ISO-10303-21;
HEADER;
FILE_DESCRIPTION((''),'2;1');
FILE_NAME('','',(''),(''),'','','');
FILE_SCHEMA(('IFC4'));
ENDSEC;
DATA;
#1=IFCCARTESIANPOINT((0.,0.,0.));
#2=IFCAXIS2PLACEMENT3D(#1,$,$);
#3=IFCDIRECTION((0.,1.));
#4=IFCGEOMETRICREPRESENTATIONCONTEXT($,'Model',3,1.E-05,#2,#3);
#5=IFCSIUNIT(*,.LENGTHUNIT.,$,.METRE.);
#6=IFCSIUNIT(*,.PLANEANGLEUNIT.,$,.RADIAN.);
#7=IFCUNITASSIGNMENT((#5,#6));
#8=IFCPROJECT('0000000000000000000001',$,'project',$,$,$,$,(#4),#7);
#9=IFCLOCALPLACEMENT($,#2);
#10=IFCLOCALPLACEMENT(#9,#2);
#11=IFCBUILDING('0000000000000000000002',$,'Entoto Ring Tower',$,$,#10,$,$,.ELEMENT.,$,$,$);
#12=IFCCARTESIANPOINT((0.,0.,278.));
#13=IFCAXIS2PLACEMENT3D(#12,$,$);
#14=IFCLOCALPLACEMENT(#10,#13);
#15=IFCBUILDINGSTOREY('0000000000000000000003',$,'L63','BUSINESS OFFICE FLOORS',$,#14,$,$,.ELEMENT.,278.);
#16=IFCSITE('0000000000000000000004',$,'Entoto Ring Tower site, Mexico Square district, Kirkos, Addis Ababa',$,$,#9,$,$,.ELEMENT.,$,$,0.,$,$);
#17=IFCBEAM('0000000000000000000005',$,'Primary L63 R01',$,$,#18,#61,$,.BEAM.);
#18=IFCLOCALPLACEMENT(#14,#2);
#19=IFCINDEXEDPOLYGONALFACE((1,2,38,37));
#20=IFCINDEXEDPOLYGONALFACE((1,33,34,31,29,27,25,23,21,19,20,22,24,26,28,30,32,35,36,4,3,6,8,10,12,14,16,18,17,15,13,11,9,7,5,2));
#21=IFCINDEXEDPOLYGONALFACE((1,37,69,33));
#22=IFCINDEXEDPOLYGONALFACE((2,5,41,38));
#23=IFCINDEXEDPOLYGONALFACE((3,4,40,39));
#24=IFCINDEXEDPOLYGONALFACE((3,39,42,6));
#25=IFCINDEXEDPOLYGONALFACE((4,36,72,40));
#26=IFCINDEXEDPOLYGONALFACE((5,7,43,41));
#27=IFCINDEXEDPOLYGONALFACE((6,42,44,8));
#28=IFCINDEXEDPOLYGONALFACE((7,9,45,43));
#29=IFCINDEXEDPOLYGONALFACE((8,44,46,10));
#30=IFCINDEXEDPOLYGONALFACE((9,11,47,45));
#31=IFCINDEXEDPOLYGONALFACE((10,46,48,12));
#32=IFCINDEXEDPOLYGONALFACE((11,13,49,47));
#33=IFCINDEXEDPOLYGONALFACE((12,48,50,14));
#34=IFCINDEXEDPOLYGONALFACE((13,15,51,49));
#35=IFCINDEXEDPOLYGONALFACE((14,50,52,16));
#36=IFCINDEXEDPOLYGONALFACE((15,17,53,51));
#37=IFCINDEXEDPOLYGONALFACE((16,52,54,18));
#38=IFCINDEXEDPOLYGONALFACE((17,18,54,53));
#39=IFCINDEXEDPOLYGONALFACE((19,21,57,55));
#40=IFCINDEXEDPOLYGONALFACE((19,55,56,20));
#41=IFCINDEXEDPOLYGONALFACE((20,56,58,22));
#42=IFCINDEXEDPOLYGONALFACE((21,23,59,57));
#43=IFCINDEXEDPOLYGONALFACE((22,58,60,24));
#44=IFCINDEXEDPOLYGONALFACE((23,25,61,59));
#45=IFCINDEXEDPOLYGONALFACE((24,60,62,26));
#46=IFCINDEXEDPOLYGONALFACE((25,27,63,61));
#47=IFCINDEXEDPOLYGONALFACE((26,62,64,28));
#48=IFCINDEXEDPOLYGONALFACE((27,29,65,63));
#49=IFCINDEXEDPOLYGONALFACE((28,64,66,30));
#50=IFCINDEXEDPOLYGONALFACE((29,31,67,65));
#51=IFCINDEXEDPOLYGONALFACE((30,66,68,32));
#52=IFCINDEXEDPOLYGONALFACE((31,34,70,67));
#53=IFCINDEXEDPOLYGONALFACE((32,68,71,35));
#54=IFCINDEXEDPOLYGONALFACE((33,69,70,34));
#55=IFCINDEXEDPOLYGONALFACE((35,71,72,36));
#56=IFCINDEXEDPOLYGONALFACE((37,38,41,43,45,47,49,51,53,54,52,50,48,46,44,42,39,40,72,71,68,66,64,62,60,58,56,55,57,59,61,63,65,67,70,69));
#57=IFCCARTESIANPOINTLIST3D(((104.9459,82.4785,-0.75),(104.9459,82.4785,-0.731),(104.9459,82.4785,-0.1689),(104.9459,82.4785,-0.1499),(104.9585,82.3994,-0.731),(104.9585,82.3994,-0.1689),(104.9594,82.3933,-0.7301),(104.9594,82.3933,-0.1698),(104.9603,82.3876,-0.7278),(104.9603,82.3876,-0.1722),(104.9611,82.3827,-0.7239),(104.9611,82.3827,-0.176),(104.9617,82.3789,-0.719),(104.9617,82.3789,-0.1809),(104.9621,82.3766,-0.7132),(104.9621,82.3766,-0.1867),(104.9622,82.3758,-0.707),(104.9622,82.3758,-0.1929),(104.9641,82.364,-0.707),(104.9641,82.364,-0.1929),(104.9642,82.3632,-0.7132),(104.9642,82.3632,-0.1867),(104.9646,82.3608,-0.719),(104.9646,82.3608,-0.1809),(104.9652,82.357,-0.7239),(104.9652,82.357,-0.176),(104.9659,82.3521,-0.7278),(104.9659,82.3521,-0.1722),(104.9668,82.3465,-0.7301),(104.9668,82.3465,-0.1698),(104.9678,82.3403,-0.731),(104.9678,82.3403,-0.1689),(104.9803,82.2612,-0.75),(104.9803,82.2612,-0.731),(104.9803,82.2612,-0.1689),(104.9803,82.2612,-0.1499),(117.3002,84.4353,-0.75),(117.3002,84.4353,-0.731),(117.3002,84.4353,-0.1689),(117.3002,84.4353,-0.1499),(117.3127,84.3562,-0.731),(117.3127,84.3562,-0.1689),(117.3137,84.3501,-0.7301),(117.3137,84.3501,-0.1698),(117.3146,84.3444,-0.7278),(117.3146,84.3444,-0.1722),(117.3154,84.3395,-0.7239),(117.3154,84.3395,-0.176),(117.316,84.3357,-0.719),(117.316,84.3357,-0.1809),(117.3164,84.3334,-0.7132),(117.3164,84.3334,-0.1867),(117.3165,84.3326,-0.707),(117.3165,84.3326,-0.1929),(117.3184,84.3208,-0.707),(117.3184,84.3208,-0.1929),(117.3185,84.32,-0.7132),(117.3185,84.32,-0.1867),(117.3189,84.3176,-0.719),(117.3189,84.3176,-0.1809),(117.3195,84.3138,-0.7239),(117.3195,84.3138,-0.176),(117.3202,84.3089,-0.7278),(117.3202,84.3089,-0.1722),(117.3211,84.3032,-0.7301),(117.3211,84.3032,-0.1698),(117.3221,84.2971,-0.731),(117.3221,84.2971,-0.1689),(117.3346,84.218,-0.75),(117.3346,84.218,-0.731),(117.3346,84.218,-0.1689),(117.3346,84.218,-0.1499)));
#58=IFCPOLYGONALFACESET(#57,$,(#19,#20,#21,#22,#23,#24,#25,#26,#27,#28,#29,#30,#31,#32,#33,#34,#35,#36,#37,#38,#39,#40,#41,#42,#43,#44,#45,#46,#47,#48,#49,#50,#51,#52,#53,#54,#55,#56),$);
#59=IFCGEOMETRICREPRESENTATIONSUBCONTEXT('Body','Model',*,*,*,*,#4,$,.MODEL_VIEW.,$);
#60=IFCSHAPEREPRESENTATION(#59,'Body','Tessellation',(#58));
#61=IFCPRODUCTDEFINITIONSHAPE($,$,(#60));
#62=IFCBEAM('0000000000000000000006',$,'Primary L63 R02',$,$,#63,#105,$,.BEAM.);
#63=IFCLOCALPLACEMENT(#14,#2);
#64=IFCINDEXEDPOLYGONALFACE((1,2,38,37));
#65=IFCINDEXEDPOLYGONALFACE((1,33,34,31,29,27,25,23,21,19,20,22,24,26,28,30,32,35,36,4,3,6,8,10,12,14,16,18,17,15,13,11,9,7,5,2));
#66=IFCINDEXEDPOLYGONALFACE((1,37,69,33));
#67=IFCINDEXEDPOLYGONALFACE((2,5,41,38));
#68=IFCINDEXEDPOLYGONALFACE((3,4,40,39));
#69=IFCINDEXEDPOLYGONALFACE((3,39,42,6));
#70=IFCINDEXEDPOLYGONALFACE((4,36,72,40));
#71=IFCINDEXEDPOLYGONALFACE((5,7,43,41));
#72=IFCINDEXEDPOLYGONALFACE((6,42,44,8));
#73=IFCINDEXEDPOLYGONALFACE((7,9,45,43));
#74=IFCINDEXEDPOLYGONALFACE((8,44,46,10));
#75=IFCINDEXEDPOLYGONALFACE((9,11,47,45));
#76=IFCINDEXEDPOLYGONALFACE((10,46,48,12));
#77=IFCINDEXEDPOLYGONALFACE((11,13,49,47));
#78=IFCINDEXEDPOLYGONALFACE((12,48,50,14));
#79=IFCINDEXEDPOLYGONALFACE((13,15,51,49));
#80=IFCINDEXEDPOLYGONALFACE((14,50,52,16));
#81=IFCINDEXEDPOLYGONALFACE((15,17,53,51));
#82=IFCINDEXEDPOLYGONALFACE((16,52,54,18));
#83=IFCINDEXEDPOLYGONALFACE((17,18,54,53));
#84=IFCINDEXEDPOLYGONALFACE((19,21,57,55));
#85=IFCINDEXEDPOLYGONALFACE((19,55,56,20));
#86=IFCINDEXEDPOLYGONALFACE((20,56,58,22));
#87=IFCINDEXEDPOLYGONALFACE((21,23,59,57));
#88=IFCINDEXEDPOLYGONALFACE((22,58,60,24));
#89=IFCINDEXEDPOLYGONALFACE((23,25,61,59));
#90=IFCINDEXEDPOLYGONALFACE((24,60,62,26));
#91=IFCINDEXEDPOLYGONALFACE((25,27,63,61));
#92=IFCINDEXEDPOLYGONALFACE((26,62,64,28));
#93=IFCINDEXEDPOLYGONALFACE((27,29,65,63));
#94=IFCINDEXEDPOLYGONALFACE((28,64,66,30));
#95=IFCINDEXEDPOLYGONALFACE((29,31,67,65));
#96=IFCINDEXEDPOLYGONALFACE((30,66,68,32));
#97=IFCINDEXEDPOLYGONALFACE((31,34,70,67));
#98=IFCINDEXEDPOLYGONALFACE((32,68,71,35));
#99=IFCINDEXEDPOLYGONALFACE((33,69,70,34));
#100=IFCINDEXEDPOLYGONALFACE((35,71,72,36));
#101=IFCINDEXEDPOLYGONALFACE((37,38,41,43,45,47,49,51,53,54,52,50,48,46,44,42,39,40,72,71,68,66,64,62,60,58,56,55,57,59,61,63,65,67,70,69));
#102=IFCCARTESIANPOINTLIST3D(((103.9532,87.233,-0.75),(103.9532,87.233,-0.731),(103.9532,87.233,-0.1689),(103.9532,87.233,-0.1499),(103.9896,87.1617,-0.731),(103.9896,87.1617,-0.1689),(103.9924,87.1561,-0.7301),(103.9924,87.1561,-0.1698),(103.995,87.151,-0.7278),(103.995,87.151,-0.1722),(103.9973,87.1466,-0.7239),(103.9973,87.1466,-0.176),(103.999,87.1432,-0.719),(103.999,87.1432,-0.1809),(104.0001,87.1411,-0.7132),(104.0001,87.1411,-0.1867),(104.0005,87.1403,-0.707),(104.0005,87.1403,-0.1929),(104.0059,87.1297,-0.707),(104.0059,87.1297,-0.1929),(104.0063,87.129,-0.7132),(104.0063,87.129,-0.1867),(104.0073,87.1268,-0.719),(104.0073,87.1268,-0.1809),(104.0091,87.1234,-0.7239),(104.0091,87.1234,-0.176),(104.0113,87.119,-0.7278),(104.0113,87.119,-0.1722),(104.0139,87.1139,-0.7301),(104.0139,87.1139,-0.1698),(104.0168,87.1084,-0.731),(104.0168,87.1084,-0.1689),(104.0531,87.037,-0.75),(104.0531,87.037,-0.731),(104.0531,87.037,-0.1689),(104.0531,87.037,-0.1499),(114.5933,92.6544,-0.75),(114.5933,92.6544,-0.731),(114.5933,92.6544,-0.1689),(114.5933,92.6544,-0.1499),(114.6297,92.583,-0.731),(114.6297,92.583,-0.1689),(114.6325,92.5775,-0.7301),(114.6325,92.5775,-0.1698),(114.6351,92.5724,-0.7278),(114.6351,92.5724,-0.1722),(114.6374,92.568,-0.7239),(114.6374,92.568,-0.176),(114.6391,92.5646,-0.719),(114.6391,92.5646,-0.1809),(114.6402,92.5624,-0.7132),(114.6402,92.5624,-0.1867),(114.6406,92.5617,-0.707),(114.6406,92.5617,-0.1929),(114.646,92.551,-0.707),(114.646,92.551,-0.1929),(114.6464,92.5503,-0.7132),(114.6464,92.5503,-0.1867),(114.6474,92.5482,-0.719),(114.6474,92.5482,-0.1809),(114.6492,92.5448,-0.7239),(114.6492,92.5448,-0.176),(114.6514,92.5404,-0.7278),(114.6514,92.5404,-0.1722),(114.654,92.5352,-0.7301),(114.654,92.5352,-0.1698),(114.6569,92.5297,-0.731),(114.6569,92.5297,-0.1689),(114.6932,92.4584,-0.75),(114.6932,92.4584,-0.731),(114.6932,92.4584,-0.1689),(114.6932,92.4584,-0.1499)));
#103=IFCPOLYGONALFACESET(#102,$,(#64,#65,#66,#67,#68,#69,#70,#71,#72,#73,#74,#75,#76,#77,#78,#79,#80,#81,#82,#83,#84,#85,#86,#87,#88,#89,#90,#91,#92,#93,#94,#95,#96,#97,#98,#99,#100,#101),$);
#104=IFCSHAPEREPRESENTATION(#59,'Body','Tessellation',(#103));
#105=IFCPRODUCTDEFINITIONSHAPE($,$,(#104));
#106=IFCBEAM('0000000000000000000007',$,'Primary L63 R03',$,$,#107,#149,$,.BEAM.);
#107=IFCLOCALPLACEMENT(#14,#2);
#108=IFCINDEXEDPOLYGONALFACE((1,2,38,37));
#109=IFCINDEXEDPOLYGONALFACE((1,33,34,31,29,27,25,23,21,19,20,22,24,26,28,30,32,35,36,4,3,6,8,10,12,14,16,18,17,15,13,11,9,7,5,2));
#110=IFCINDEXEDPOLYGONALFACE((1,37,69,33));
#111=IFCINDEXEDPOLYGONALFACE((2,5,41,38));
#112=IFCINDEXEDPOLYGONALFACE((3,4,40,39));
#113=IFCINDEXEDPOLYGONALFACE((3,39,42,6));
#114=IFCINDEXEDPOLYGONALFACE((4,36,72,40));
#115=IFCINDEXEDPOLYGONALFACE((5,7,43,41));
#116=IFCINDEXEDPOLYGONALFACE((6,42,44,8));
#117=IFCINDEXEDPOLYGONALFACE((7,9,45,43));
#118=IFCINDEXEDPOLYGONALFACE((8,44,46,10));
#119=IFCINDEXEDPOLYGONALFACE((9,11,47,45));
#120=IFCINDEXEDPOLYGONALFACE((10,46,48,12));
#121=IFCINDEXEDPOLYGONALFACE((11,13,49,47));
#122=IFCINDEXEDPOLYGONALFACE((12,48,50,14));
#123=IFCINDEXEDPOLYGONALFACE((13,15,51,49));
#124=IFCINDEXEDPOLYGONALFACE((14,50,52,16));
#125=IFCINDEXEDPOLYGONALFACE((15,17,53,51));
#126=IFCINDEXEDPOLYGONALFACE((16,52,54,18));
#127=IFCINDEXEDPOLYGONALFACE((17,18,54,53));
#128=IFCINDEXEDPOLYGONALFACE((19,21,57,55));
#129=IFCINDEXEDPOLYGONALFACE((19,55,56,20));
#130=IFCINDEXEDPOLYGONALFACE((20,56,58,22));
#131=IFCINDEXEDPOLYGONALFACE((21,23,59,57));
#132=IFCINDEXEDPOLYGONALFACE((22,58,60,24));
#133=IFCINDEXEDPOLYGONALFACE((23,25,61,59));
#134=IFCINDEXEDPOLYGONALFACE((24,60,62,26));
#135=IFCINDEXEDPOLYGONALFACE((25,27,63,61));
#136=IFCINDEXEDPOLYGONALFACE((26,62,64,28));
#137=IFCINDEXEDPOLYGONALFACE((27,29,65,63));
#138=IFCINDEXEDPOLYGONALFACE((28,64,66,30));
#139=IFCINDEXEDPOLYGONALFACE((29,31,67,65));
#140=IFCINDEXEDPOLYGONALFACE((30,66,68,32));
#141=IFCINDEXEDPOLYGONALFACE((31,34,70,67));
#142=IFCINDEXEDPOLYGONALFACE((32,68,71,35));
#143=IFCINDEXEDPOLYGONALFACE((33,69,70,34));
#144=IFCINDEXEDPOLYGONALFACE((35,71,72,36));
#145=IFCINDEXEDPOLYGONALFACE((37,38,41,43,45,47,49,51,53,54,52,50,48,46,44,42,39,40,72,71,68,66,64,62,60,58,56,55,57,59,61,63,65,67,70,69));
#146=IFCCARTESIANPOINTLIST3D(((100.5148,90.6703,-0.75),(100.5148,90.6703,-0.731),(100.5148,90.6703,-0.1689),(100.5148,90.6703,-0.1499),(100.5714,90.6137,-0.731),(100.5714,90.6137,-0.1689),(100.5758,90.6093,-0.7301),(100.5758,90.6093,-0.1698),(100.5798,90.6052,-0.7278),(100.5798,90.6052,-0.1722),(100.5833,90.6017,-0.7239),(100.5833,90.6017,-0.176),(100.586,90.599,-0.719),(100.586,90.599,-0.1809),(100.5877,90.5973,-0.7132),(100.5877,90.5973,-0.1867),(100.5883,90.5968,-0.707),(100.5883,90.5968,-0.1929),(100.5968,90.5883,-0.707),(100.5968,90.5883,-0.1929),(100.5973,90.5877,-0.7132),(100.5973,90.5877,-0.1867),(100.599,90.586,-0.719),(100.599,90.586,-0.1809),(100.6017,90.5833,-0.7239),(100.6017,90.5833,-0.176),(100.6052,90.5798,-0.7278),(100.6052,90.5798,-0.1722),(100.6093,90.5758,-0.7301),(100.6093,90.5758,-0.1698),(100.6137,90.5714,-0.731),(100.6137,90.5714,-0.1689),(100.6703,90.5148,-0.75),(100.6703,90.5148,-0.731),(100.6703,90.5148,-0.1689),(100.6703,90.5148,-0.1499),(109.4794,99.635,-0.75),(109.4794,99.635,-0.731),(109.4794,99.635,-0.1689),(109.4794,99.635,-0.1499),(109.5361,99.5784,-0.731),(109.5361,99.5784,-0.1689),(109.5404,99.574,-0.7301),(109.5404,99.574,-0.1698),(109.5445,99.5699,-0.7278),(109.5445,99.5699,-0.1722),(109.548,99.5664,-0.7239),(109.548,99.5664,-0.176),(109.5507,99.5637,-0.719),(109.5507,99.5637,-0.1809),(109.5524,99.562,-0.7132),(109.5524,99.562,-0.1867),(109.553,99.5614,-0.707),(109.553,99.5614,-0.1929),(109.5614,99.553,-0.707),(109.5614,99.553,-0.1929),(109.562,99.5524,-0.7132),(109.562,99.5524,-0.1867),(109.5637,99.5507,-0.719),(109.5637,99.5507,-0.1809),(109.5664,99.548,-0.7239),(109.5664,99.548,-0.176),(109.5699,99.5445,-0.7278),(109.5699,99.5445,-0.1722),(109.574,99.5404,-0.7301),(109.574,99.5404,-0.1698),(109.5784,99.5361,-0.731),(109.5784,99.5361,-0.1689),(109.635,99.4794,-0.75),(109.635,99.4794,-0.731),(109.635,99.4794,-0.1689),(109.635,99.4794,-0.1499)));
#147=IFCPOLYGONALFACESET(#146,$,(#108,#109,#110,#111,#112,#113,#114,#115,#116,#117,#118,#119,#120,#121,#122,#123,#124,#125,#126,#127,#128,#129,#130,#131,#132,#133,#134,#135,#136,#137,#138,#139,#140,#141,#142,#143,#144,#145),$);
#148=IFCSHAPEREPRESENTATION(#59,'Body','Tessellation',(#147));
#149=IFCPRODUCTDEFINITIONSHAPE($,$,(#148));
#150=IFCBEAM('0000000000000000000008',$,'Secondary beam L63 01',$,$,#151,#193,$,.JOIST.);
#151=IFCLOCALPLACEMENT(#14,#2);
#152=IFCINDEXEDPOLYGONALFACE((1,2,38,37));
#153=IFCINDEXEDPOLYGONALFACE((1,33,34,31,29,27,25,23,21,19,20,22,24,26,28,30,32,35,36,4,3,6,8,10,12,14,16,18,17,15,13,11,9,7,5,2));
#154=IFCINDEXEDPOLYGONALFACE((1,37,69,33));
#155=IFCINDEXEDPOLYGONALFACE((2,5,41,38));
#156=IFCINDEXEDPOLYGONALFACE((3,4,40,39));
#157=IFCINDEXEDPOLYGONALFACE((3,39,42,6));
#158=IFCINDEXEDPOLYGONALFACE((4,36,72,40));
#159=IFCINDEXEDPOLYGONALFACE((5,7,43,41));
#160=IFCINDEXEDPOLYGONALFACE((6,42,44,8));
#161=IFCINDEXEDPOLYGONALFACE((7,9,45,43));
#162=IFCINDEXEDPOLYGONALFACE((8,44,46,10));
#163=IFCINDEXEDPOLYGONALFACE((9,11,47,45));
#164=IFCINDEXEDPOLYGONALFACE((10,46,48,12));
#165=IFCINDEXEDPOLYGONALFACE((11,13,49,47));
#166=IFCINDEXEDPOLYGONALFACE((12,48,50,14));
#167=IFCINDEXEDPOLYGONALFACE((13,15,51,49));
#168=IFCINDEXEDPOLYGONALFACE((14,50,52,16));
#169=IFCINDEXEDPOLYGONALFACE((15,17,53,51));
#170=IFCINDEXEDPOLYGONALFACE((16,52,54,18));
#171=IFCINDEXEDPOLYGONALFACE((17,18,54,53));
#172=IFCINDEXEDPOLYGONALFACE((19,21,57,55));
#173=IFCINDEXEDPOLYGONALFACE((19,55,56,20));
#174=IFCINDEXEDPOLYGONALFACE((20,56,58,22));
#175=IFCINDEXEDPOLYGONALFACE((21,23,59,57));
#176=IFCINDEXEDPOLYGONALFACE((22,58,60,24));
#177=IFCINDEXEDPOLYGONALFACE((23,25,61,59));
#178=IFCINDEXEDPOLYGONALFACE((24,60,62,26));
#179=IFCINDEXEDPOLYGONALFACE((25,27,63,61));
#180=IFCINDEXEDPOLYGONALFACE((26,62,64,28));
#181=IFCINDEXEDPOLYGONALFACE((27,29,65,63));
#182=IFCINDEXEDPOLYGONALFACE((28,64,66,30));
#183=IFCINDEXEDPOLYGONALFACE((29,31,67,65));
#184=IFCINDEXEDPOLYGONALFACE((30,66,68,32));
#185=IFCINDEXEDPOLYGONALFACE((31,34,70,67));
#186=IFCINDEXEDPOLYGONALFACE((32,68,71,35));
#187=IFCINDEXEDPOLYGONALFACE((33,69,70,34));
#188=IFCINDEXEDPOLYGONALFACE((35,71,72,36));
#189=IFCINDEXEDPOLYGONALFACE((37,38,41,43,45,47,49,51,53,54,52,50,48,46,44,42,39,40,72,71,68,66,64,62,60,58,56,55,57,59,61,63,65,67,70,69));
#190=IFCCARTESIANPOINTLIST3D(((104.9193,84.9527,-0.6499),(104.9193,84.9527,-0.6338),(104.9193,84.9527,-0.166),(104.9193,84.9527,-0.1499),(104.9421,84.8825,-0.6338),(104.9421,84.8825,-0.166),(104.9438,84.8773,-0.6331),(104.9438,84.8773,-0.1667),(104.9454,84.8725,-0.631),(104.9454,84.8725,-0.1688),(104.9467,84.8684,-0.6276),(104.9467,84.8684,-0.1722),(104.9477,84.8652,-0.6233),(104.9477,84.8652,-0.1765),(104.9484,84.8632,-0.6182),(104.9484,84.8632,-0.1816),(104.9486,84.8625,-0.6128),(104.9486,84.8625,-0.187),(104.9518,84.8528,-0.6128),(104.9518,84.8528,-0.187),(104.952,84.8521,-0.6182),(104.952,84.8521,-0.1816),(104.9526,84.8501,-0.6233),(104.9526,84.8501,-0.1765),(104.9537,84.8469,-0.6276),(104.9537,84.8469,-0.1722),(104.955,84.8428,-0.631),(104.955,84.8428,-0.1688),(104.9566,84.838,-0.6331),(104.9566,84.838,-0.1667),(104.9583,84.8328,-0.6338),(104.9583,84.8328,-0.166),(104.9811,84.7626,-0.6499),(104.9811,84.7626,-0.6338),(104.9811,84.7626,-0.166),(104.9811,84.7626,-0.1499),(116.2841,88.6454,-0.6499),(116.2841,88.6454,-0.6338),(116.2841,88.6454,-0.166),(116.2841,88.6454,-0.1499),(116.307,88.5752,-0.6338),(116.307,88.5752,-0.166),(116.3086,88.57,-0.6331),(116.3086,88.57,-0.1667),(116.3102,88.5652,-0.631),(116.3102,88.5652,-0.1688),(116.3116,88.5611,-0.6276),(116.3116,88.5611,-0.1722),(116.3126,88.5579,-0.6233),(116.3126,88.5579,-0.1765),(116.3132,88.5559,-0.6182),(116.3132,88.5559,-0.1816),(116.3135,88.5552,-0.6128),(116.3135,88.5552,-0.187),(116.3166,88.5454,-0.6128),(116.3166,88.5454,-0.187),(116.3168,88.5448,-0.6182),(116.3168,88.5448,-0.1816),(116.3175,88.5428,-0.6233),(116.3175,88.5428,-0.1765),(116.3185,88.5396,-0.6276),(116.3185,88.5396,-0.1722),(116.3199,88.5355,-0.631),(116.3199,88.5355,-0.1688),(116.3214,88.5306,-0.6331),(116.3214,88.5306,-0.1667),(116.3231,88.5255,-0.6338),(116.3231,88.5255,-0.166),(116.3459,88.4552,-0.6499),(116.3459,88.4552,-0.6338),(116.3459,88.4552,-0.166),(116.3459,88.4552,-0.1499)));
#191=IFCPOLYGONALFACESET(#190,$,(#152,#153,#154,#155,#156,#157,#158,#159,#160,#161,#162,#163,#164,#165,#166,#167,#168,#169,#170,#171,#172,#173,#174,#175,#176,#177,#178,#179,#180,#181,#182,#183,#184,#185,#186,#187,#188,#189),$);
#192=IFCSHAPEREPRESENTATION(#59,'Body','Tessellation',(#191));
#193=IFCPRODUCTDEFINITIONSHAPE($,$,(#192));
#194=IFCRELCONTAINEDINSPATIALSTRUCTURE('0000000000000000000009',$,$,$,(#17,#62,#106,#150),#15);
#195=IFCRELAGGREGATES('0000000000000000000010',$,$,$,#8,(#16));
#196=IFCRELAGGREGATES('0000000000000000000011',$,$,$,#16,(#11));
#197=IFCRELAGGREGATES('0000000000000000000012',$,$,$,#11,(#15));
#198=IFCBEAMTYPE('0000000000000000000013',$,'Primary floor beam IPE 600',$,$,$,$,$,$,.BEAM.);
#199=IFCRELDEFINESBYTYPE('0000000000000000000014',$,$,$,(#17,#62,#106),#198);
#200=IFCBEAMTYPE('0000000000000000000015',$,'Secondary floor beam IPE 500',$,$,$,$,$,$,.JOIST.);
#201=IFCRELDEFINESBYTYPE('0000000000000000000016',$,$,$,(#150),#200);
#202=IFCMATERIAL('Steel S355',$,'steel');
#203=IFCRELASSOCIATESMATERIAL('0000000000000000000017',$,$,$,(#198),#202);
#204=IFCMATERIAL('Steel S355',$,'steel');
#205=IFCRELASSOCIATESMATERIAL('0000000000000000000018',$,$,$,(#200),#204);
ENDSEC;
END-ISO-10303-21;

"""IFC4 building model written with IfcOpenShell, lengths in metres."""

from ifc_helpers import new_model, si_unit, direction, frame, origin, origin_2d, place, context, subcontext, project, spatial, i_section, extrude, material, material_profile, profile_set, type_object, element, save


model = new_model("IFC4")

# Units and contexts
model_context = context("Model", 3, precision=1e-05, world=origin(), true_north=direction((0.0, 1.0)))
body_context = subcontext(model_context, "Body", "Model", "MODEL_VIEW")
ifc_project = project(units=[si_unit("LENGTHUNIT", "METRE"), si_unit("PLANEANGLEUNIT", "RADIAN")], contexts=[model_context])

# Site, building, storey
site_placement = place(None, origin())
site = spatial("IfcSite", under=ifc_project, at=site_placement, Name="Entoto Ring Tower site, Mexico Square district, Kirkos, Addis Ababa", CompositionType="ELEMENT", RefElevation=0.0)
building_placement = place(site_placement, origin())
building = spatial("IfcBuilding", under=site, at=building_placement, Name="Entoto Ring Tower", CompositionType="ELEMENT")
storey_placement = place(building_placement, frame((0.0, 0.0, 278.0)))
storey = spatial("IfcBuildingStorey", under=building, at=storey_placement, Name="L63", Description="BUSINESS OFFICE FLOORS", CompositionType="ELEMENT", Elevation=278.0)

# Beams
ifc_material_1 = material(Name="Steel S355", Category="steel")
ifc_material_profile_1 = material_profile(ifc_material_1, i_section(OverallWidth=0.22, OverallDepth=0.6001, WebThickness=0.012, FlangeThickness=0.019, FilletRadius=0.0239, at=origin_2d()), Name="IPE 600")
ifc_profile_set_1 = profile_set([ifc_material_profile_1], Name="Steel S355")
beam_type_1 = type_object("IfcBeamType", Name="Primary floor beam IPE 600", PredefinedType="BEAM", material=ifc_profile_set_1)
beam_1_placement = place(storey_placement, frame((104.9631, 82.3699, -0.45), z_axis=(0.987688, 0.15644, 0.0), x_axis=(-0.15644, 0.987688, 0.0)))
element("IfcBeam", 1, at=beam_1_placement, inside=storey, type_object=beam_type_1, Name="Primary L63 R01", PredefinedType="BEAM", context=body_context, shape_type="SweptSolid", body=[
    extrude(i_section(OverallWidth=0.22, OverallDepth=0.6001, WebThickness=0.012, FlangeThickness=0.019, FilletRadius=0.0239, at=origin_2d()), origin(), (0.0, 0.0, 1.0), 12.5083),
])
beam_2_placement = place(storey_placement, frame((104.0032, 87.135, -0.45), z_axis=(0.891008, 0.453988, 0.0), x_axis=(-0.453988, 0.891008, 0.0)))
element("IfcBeam", 2, at=beam_2_placement, inside=storey, type_object=beam_type_1, Name="Primary L63 R02", PredefinedType="BEAM", context=body_context, shape_type="SweptSolid", body=[
    extrude(i_section(OverallWidth=0.22, OverallDepth=0.6001, WebThickness=0.012, FlangeThickness=0.019, FilletRadius=0.0239, at=origin_2d()), origin(), (0.0, 0.0, 1.0), 11.9417),
])
beam_3_placement = place(storey_placement, frame((100.5925, 90.5925, -0.45), z_axis=(0.707107, 0.707107, 0.0), x_axis=(-0.707107, 0.707107, 0.0)))
element("IfcBeam", 3, at=beam_3_placement, inside=storey, type_object=beam_type_1, Name="Primary L63 R03", PredefinedType="BEAM", context=body_context, shape_type="SweptSolid", body=[
    extrude(i_section(OverallWidth=0.22, OverallDepth=0.6001, WebThickness=0.012, FlangeThickness=0.019, FilletRadius=0.0239, at=origin_2d()), origin(), (0.0, 0.0, 1.0), 12.678),
])
ifc_material_2 = material(Name="Steel S355", Category="steel")
ifc_material_profile_2 = material_profile(ifc_material_2, i_section(OverallWidth=0.2, OverallDepth=0.5, WebThickness=0.0103, FlangeThickness=0.0161, FilletRadius=0.021, at=origin_2d()), Name="IPE 500")
ifc_profile_set_2 = profile_set([ifc_material_profile_2], Name="Steel S355")
beam_type_2 = type_object("IfcBeamType", Name="Secondary floor beam IPE 500", PredefinedType="JOIST", material=ifc_profile_set_2)
beam_4_placement = place(storey_placement, frame((104.9502, 84.8577, -0.3999), z_axis=(0.951057, 0.309017, 0.0), x_axis=(-0.309017, 0.951057, 0.0)))
element("IfcBeam", 4, at=beam_4_placement, inside=storey, type_object=beam_type_2, Name="Secondary beam L63 01", PredefinedType="JOIST", context=body_context, shape_type="SweptSolid", body=[
    extrude(i_section(OverallWidth=0.2, OverallDepth=0.5, WebThickness=0.0103, FlangeThickness=0.0161, FilletRadius=0.021, at=origin_2d()), origin(), (0.0, 0.0, 1.0), 11.9497),
])

save(model, "model.ifc")
